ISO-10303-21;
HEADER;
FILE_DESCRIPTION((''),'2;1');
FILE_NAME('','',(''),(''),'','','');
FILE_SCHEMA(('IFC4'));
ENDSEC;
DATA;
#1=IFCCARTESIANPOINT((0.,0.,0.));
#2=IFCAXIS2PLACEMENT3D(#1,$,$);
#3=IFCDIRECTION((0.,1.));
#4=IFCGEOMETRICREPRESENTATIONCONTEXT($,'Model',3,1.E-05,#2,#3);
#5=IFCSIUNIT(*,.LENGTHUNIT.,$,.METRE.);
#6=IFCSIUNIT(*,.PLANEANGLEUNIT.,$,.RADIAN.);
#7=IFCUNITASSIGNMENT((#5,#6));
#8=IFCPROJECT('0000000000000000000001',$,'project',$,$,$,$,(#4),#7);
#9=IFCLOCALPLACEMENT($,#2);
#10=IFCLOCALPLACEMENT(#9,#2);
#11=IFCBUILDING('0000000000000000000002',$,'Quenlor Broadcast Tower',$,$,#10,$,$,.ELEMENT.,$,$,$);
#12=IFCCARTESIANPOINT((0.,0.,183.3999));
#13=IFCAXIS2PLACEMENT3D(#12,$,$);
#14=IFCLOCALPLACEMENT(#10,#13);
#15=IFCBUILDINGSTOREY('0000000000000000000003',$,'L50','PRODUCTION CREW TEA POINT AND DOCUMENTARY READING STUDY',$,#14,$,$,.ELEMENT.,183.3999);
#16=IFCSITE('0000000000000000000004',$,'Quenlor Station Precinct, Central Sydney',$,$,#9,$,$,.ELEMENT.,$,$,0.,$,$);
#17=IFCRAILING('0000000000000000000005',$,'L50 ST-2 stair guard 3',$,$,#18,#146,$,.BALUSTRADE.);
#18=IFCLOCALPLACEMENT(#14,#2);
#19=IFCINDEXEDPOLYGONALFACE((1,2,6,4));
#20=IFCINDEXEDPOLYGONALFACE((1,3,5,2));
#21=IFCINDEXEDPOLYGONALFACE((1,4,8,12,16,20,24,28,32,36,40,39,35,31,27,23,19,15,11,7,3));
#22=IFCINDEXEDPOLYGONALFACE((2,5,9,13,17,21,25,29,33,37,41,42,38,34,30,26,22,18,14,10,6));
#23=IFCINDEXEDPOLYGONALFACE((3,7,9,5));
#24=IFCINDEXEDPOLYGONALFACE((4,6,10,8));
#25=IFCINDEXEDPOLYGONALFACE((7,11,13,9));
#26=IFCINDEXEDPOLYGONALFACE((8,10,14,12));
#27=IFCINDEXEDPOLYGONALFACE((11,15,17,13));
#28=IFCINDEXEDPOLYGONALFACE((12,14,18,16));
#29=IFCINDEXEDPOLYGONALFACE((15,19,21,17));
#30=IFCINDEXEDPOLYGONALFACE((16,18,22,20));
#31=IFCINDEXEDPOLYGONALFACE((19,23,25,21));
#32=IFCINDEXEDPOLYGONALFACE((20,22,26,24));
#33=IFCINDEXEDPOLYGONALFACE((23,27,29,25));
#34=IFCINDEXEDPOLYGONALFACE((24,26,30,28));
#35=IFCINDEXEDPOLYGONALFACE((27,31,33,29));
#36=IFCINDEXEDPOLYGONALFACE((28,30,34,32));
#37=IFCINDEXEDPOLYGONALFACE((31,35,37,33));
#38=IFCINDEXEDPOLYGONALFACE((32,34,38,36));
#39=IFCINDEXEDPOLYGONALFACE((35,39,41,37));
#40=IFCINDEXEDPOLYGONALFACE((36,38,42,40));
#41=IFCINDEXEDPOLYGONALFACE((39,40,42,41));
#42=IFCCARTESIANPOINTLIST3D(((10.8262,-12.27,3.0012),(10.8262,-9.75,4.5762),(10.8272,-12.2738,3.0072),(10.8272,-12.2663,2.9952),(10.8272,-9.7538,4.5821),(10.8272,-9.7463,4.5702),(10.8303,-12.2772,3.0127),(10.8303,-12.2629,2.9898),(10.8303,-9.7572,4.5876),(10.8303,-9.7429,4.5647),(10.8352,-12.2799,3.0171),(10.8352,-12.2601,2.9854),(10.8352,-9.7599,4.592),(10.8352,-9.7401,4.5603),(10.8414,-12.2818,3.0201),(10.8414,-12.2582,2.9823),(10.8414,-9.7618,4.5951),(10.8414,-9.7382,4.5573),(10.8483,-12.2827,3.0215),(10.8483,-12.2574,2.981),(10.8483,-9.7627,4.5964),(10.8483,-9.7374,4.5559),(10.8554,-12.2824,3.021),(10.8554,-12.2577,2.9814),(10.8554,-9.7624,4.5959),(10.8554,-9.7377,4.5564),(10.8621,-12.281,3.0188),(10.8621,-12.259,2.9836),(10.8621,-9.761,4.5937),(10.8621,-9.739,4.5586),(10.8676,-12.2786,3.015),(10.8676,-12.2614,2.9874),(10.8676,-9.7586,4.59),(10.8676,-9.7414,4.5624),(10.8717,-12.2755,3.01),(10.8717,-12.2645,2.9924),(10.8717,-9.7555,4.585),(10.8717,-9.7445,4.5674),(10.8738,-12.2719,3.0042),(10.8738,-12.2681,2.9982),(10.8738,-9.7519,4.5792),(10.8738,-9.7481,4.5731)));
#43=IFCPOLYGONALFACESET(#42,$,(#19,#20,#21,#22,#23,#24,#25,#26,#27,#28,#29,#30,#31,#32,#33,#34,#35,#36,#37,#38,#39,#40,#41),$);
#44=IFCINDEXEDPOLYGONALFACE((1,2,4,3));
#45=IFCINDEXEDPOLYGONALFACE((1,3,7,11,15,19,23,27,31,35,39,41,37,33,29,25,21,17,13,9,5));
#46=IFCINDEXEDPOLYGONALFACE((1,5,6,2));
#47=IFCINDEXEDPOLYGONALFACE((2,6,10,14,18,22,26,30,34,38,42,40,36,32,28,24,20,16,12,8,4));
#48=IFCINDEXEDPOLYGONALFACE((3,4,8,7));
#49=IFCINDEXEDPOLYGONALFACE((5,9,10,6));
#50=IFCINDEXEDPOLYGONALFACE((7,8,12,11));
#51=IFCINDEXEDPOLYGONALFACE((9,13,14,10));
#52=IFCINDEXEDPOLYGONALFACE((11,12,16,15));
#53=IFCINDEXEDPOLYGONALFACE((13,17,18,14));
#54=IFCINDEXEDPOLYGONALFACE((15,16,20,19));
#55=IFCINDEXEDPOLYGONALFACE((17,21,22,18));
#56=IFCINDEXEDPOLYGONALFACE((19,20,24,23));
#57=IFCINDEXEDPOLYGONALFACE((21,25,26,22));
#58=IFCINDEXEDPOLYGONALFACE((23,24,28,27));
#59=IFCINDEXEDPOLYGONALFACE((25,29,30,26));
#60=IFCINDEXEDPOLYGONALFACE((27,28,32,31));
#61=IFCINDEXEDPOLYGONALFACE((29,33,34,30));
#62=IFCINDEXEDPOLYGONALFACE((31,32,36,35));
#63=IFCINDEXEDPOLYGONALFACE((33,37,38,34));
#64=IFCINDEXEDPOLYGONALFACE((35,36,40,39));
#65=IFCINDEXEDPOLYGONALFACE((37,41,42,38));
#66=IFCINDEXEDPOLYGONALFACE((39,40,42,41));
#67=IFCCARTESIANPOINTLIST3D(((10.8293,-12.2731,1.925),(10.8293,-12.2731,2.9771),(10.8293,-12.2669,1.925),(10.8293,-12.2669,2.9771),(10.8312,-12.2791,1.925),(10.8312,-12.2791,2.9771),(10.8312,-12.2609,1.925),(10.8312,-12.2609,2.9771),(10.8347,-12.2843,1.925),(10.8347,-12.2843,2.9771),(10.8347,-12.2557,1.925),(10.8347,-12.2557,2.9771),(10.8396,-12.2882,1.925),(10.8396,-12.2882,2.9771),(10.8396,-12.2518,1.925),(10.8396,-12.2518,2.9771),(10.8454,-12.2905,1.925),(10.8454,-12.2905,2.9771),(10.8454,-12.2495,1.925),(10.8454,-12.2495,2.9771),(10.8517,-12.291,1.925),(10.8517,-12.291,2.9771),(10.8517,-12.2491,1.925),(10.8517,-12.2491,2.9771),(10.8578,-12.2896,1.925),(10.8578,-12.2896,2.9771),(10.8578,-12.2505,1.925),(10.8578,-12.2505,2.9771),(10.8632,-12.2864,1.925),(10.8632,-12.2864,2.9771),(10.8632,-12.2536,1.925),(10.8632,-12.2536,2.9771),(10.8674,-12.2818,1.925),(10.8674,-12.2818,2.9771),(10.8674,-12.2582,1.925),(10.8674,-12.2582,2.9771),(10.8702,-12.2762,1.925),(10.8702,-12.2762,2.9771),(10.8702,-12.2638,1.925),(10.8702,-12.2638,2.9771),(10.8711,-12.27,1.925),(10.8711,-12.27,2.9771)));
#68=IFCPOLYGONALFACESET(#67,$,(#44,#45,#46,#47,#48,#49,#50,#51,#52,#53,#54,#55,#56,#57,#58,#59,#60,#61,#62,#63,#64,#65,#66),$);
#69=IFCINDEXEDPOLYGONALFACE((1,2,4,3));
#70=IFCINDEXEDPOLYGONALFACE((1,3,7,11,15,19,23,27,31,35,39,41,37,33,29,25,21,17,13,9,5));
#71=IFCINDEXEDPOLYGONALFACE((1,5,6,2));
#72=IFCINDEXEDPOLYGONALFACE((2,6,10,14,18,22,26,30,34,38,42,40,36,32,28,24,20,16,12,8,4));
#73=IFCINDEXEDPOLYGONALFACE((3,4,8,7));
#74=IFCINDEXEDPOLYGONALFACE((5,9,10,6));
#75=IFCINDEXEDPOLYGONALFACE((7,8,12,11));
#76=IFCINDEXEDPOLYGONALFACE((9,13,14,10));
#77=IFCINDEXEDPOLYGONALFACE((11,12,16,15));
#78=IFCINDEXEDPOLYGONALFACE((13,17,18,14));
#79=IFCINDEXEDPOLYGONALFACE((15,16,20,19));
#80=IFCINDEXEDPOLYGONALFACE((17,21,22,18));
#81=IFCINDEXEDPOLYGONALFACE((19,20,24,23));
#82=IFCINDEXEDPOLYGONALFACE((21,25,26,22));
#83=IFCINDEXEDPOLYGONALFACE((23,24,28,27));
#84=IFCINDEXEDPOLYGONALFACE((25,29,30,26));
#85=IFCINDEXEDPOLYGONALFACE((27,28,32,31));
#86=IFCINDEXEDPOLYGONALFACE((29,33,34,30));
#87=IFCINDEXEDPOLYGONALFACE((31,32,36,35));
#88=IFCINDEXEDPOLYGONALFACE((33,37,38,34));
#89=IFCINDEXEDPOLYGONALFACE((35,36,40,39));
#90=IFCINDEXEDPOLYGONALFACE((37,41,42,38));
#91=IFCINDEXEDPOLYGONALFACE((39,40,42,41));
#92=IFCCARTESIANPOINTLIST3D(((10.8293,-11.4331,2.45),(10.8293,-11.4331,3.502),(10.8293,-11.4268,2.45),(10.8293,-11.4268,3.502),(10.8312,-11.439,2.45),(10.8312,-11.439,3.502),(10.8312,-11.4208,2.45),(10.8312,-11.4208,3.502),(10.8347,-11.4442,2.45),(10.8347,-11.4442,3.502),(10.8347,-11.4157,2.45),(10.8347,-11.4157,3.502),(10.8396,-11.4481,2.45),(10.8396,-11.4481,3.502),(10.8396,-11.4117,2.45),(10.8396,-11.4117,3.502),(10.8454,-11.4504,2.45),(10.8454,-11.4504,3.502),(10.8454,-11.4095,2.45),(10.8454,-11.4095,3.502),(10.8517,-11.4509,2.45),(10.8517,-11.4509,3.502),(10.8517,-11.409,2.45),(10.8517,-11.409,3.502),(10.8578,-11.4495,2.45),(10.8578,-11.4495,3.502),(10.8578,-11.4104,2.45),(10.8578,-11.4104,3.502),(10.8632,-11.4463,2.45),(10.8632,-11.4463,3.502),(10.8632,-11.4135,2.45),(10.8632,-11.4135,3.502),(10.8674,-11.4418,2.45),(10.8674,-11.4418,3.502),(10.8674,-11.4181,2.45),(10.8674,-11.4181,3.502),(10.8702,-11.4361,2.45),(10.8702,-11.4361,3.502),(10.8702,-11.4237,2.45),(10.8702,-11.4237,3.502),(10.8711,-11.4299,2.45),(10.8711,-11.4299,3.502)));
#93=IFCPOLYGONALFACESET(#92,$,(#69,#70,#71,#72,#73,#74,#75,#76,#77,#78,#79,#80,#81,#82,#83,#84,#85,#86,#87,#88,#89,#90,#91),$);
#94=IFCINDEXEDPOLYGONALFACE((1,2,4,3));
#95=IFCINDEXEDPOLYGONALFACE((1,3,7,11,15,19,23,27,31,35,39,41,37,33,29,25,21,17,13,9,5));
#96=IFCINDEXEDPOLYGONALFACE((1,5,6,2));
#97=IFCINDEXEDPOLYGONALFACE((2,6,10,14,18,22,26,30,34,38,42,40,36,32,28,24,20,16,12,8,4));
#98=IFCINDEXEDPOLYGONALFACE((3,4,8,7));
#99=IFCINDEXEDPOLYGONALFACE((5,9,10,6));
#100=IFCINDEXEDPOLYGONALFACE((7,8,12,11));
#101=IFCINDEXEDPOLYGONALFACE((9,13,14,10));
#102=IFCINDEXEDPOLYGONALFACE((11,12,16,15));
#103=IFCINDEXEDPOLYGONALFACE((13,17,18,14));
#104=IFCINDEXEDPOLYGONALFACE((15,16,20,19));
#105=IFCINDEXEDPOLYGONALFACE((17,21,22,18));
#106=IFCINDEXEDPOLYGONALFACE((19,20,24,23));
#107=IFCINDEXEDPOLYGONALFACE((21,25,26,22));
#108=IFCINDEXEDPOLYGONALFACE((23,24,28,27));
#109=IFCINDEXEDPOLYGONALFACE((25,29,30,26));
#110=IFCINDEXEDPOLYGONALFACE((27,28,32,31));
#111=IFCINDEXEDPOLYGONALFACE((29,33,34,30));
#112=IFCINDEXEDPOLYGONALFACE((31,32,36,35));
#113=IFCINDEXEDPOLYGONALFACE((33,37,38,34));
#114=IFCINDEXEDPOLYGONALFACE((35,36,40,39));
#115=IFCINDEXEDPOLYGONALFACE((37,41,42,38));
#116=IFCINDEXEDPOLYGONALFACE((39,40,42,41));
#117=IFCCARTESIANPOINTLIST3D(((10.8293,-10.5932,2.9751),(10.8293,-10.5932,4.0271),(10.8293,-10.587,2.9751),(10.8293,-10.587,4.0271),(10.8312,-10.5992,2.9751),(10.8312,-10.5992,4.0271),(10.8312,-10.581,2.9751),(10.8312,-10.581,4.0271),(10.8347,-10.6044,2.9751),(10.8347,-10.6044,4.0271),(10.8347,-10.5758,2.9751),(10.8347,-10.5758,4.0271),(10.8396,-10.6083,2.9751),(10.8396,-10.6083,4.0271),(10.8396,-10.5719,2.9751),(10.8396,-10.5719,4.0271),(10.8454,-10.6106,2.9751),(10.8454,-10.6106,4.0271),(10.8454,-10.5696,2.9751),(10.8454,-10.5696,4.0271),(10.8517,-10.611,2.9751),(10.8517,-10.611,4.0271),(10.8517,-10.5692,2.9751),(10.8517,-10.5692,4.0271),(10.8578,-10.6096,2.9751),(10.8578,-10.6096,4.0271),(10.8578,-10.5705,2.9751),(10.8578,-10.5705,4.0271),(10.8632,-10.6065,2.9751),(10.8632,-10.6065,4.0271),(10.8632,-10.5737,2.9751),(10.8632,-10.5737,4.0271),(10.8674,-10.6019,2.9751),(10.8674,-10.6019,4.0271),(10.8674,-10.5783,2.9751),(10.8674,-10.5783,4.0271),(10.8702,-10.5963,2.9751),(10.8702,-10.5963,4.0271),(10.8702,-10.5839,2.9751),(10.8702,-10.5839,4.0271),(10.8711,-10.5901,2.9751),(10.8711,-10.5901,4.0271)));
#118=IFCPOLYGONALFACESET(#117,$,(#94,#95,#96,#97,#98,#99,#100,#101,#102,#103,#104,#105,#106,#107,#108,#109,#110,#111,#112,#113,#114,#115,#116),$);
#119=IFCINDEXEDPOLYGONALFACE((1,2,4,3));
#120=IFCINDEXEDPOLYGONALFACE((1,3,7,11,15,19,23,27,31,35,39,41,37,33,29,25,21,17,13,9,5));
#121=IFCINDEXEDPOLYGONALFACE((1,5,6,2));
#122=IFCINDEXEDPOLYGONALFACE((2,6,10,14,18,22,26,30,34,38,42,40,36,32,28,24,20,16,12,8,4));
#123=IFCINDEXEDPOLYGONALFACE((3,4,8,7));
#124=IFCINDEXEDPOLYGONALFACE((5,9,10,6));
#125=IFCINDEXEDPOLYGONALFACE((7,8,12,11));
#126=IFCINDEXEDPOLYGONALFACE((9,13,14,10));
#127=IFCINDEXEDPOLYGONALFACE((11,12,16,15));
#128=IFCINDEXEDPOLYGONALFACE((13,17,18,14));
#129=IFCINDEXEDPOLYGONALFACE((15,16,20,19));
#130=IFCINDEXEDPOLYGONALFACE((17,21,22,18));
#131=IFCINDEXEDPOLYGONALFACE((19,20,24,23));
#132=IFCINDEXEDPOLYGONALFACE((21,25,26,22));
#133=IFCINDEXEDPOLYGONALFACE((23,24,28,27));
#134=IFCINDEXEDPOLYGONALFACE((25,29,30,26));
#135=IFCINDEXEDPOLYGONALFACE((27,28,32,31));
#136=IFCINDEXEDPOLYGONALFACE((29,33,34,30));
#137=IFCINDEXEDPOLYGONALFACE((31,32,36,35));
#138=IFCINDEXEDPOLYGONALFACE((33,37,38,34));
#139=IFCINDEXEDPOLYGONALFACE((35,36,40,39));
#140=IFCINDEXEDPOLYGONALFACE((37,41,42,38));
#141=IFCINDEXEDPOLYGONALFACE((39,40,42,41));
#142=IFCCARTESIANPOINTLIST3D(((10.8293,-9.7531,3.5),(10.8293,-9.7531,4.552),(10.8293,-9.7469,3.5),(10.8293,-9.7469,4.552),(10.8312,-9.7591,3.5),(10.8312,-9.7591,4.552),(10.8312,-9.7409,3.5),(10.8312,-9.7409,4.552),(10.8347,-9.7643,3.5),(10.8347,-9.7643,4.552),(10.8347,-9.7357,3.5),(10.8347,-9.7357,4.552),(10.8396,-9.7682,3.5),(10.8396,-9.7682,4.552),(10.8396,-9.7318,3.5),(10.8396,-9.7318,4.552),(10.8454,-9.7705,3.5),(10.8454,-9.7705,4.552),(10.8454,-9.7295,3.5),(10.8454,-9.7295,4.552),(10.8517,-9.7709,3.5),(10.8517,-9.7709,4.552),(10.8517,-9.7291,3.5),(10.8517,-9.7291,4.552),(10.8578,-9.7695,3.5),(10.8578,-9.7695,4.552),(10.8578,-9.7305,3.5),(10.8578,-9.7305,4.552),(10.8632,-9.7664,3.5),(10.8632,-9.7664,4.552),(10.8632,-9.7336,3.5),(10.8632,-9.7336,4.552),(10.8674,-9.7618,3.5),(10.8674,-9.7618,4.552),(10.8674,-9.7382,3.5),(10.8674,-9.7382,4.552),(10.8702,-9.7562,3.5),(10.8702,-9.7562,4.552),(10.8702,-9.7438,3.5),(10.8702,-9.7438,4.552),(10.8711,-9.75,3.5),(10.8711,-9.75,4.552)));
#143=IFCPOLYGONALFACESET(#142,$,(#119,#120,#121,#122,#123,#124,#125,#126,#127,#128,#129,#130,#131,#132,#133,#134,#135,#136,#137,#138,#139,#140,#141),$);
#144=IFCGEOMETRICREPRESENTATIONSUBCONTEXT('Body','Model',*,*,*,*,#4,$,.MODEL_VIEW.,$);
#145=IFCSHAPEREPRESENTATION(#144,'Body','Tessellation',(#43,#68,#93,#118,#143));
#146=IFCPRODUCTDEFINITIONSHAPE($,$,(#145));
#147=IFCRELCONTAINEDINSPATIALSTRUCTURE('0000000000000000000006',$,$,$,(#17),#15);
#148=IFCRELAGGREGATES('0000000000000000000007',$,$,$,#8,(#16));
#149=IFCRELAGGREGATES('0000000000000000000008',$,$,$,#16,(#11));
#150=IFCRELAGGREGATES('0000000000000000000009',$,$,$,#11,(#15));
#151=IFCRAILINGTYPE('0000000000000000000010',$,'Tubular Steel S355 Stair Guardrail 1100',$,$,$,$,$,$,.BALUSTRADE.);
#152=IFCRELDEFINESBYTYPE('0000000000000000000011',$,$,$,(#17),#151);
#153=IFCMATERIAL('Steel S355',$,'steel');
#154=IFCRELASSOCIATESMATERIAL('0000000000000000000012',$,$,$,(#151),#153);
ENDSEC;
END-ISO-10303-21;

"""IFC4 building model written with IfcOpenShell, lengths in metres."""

from ifc_helpers import new_model, si_unit, direction, frame, origin, origin_2d, place, context, subcontext, project, spatial, circle, extrude, material, type_object, element, save


model = new_model("IFC4")

# Units and contexts
model_context = context("Model", 3, precision=1e-05, world=origin(), true_north=direction((0.0, 1.0)))
body_context = subcontext(model_context, "Body", "Model", "MODEL_VIEW")
ifc_project = project(units=[si_unit("LENGTHUNIT", "METRE"), si_unit("PLANEANGLEUNIT", "RADIAN")], contexts=[model_context])

# Site, building, storey
site_placement = place(None, origin())
site = spatial("IfcSite", under=ifc_project, at=site_placement, Name="Quenlor Station Precinct, Central Sydney", CompositionType="ELEMENT", RefElevation=0.0)
building_placement = place(site_placement, origin())
building = spatial("IfcBuilding", under=site, at=building_placement, Name="Quenlor Broadcast Tower", CompositionType="ELEMENT")
storey_placement = place(building_placement, frame((0.0, 0.0, 183.3999)))
storey = spatial("IfcBuildingStorey", under=building, at=storey_placement, Name="L50", Description="PRODUCTION CREW TEA POINT AND DOCUMENTARY READING STUDY", CompositionType="ELEMENT", Elevation=183.3999)

# Railing
ifc_material_1 = material(Name="Steel S355", Category="steel")
railing_type_1 = type_object("IfcRailingType", Name="Tubular Steel S355 Stair Guardrail 1100", PredefinedType="BALUSTRADE", material=ifc_material_1)
railing_1_placement = place(storey_placement, frame((10.8501, -12.27, 1.925)))
element("IfcRailing", 1, at=railing_1_placement, inside=storey, type_object=railing_type_1, Name="L50 ST-2 stair guard 3", PredefinedType="BALUSTRADE", context=body_context, shape_type="SweptSolid", body=[
    extrude(circle(Radius=0.0239, at=origin_2d()), frame((0.0, 0.0, 1.0762), z_axis=(0.0, 0.848008, 0.529984), x_axis=(-1.0, 0.0, 0.0)), (0.0, 0.0, 1.0), 2.9717),
    extrude(circle(Radius=0.021, at=origin_2d()), origin(), (0.0, 0.0, 1.0), 1.052),
    extrude(circle(Radius=0.021, at=origin_2d()), frame((0.0, 0.8401, 0.5249)), (0.0, 0.0, 1.0), 1.052),
    extrude(circle(Radius=0.021, at=origin_2d()), frame((0.0, 1.6799, 1.05)), (0.0, 0.0, 1.0), 1.052),
    extrude(circle(Radius=0.021, at=origin_2d()), frame((0.0, 2.52, 1.575)), (0.0, 0.0, 1.0), 1.052),
])

save(model, "model.ifc")
